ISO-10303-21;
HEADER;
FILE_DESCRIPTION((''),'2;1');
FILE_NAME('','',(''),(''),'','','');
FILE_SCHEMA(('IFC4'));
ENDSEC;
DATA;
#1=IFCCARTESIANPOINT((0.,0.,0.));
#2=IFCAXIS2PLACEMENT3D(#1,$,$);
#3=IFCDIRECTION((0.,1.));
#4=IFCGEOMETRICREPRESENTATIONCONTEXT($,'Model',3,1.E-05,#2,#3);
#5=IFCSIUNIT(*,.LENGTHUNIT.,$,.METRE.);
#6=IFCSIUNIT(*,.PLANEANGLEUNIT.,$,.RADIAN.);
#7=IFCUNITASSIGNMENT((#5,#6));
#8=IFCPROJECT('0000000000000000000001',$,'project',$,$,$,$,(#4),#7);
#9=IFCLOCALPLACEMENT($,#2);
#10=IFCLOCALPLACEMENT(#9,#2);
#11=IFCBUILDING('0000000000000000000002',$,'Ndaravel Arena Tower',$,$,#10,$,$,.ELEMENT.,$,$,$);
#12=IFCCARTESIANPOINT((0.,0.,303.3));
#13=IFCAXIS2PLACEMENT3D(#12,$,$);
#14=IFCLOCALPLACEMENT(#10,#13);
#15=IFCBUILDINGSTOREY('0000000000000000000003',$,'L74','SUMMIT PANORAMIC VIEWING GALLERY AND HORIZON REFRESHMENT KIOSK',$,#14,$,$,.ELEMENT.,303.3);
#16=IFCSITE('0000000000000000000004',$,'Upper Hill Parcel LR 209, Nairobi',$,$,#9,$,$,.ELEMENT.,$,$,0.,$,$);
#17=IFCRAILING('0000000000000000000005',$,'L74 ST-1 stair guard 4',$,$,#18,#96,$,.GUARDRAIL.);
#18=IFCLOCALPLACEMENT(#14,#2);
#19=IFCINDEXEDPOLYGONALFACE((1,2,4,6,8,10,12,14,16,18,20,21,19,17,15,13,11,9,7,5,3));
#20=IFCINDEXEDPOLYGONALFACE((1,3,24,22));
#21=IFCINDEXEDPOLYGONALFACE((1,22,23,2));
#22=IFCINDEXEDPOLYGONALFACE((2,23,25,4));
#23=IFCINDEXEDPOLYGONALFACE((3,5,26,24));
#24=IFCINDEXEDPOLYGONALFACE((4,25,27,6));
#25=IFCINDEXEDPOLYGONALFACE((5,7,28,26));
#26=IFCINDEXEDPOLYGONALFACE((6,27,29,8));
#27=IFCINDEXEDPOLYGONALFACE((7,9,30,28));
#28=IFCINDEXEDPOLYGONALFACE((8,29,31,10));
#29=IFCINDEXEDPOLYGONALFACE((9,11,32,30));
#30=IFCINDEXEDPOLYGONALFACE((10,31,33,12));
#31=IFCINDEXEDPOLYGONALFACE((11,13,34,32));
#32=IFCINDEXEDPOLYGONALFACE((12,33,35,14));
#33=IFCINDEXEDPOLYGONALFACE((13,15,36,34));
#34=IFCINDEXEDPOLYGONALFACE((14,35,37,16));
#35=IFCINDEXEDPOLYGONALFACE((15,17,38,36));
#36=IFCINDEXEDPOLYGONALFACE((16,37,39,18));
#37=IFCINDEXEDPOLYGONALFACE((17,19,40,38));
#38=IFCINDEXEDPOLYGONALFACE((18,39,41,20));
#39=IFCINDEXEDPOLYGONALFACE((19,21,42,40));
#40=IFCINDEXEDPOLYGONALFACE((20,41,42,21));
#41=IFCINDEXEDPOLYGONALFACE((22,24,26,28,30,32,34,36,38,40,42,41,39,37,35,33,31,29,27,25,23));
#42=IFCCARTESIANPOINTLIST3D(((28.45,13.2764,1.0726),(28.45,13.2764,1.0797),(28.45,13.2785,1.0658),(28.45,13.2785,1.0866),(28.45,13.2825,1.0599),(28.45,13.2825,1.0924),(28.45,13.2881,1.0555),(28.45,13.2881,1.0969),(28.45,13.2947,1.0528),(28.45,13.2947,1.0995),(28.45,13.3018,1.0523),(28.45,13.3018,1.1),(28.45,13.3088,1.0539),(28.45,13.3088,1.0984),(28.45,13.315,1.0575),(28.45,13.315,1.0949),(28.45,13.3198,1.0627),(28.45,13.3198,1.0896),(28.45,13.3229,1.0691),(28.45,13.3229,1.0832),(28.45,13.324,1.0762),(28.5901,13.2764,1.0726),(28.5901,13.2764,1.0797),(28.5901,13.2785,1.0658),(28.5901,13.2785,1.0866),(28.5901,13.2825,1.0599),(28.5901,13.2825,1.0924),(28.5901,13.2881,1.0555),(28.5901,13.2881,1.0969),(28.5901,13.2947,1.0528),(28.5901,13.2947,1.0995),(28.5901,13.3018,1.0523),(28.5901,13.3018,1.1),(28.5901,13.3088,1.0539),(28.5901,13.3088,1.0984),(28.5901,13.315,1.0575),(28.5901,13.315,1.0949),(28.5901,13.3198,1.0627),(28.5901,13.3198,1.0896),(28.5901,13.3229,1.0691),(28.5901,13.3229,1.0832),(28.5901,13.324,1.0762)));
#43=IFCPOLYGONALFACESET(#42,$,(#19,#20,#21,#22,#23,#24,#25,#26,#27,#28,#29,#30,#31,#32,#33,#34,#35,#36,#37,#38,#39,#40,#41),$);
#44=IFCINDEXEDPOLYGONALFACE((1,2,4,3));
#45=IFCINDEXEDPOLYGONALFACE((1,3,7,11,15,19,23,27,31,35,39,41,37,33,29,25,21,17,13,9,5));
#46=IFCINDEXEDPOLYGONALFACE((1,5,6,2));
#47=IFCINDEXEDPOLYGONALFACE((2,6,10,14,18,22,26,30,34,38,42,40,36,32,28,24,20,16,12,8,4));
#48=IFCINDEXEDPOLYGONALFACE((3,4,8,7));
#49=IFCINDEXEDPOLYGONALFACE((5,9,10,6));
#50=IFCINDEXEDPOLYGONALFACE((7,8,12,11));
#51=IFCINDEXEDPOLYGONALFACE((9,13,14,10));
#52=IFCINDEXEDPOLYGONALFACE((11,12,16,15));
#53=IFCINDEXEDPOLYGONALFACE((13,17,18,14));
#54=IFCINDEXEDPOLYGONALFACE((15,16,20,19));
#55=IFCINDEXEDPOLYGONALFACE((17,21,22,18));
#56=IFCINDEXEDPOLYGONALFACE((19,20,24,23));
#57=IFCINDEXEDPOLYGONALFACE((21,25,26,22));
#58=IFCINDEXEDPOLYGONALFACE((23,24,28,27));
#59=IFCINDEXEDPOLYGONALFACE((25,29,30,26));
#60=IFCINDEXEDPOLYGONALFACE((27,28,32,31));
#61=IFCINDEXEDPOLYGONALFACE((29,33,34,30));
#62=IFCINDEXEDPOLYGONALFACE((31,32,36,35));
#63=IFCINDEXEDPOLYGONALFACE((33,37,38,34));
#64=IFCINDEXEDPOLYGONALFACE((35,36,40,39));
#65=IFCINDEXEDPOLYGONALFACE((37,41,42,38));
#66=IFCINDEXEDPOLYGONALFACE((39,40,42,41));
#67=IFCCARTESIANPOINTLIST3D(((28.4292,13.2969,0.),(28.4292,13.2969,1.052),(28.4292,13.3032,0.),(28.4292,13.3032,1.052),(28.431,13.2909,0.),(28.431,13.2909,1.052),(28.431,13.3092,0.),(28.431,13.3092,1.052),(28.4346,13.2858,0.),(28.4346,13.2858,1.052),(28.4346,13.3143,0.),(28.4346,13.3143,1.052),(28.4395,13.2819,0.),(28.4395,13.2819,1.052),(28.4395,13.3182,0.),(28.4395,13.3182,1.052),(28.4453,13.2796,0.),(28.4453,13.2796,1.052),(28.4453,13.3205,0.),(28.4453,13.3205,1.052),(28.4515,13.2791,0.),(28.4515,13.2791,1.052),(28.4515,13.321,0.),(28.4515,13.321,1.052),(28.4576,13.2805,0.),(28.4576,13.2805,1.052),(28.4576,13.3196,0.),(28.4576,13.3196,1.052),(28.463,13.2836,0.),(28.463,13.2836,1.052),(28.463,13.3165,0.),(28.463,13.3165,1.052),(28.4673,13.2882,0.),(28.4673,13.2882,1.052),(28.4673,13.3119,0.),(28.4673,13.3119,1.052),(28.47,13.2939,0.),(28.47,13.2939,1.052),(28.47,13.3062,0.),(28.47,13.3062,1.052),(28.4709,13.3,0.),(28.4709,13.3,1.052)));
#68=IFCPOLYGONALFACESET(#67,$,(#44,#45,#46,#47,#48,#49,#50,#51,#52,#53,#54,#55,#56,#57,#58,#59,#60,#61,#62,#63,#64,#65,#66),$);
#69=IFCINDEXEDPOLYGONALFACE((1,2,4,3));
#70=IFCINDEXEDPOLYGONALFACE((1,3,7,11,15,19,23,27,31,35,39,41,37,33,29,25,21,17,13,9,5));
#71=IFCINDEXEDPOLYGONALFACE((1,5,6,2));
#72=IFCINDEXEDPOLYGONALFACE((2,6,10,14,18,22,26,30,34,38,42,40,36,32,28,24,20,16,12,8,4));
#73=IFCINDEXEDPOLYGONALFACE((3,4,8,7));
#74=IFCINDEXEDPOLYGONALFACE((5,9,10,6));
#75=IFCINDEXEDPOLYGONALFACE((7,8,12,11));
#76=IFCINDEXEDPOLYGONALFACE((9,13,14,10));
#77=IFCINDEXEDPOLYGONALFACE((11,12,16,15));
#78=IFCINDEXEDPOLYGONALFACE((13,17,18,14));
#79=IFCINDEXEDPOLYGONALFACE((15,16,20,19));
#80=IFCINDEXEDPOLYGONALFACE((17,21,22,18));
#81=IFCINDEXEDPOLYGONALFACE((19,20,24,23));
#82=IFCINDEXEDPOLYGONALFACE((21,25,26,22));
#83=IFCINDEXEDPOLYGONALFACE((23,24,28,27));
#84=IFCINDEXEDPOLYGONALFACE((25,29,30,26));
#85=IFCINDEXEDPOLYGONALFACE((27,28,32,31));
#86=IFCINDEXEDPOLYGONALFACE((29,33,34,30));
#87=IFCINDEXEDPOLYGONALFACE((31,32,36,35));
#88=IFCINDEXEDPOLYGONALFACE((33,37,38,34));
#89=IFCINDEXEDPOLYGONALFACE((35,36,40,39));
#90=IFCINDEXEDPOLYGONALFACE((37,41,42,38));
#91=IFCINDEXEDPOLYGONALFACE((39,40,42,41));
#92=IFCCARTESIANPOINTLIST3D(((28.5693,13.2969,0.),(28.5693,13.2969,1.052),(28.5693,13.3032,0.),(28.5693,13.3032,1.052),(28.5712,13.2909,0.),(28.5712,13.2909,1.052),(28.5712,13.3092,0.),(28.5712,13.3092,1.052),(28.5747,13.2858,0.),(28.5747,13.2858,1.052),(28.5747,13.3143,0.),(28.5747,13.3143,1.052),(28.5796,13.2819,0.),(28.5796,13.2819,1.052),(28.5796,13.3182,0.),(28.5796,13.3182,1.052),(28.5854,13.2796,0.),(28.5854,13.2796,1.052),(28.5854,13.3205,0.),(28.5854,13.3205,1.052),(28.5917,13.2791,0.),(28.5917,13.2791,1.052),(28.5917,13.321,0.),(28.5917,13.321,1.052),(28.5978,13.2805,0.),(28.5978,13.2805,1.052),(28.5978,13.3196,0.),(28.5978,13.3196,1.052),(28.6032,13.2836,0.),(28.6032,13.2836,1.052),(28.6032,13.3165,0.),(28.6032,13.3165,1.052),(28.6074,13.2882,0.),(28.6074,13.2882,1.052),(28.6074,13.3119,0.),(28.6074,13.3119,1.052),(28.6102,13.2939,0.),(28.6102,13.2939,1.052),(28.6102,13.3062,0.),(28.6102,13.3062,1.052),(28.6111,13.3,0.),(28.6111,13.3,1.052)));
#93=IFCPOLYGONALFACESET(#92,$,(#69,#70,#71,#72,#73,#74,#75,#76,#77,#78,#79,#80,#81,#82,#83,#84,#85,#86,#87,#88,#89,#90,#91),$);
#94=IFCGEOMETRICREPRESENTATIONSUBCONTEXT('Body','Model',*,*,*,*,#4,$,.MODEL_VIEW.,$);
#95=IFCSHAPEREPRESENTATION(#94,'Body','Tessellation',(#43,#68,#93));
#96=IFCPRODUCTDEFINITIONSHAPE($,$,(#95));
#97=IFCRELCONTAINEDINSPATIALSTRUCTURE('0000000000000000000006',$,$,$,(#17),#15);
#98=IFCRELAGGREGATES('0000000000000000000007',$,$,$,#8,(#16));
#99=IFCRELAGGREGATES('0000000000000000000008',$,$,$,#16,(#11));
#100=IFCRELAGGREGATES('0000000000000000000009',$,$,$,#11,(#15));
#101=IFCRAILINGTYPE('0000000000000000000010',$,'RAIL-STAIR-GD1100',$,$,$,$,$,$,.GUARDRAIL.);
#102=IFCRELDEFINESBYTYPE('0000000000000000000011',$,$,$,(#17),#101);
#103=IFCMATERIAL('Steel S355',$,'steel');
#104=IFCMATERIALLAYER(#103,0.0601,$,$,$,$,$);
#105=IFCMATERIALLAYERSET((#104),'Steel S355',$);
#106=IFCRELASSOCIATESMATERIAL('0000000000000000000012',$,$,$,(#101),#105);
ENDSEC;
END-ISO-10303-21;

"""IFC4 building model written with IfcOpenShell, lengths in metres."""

from ifc_helpers import new_model, si_unit, direction, frame, origin, origin_2d, place, context, subcontext, project, spatial, circle, extrude, material, layer, layer_set, type_object, element, save


model = new_model("IFC4")

# Units and contexts
model_context = context("Model", 3, precision=1e-05, world=origin(), true_north=direction((0.0, 1.0)))
body_context = subcontext(model_context, "Body", "Model", "MODEL_VIEW")
ifc_project = project(units=[si_unit("LENGTHUNIT", "METRE"), si_unit("PLANEANGLEUNIT", "RADIAN")], contexts=[model_context])

# Site, building, storey
site_placement = place(None, origin())
site = spatial("IfcSite", under=ifc_project, at=site_placement, Name="Upper Hill Parcel LR 209, Nairobi", CompositionType="ELEMENT", RefElevation=0.0)
building_placement = place(site_placement, origin())
building = spatial("IfcBuilding", under=site, at=building_placement, Name="Ndaravel Arena Tower", CompositionType="ELEMENT")
storey_placement = place(building_placement, frame((0.0, 0.0, 303.3)))
storey = spatial("IfcBuildingStorey", under=building, at=storey_placement, Name="L74", Description="SUMMIT PANORAMIC VIEWING GALLERY AND HORIZON REFRESHMENT KIOSK", CompositionType="ELEMENT", Elevation=303.3)

# Railing
ifc_material_1 = material(Name="Steel S355", Category="steel")
ifc_layer_1 = layer(ifc_material_1, 0.0601)
ifc_layer_set_1 = layer_set([ifc_layer_1], Name="Steel S355")
railing_type_1 = type_object("IfcRailingType", Name="RAIL-STAIR-GD1100", PredefinedType="GUARDRAIL", material=ifc_layer_set_1)
railing_1_placement = place(storey_placement, frame((28.45, 13.3, 0.0)))
element("IfcRailing", 1, at=railing_1_placement, inside=storey, type_object=railing_type_1, Name="L74 ST-1 stair guard 4", PredefinedType="GUARDRAIL", context=body_context, shape_type="SweptSolid", body=[
    extrude(circle(Radius=0.0239, at=origin_2d()), frame((0.0, 0.0, 1.0762), z_axis=(1.0, 0.0, 0.0), x_axis=(0.0, 1.0, 0.0)), (0.0, 0.0, 1.0), 0.1401),
    extrude(circle(Radius=0.021, at=origin_2d()), origin(), (0.0, 0.0, 1.0), 1.052),
    extrude(circle(Radius=0.021, at=origin_2d()), frame((0.1401, 0.0, 0.0)), (0.0, 0.0, 1.0), 1.052),
])

save(model, "model.ifc")
